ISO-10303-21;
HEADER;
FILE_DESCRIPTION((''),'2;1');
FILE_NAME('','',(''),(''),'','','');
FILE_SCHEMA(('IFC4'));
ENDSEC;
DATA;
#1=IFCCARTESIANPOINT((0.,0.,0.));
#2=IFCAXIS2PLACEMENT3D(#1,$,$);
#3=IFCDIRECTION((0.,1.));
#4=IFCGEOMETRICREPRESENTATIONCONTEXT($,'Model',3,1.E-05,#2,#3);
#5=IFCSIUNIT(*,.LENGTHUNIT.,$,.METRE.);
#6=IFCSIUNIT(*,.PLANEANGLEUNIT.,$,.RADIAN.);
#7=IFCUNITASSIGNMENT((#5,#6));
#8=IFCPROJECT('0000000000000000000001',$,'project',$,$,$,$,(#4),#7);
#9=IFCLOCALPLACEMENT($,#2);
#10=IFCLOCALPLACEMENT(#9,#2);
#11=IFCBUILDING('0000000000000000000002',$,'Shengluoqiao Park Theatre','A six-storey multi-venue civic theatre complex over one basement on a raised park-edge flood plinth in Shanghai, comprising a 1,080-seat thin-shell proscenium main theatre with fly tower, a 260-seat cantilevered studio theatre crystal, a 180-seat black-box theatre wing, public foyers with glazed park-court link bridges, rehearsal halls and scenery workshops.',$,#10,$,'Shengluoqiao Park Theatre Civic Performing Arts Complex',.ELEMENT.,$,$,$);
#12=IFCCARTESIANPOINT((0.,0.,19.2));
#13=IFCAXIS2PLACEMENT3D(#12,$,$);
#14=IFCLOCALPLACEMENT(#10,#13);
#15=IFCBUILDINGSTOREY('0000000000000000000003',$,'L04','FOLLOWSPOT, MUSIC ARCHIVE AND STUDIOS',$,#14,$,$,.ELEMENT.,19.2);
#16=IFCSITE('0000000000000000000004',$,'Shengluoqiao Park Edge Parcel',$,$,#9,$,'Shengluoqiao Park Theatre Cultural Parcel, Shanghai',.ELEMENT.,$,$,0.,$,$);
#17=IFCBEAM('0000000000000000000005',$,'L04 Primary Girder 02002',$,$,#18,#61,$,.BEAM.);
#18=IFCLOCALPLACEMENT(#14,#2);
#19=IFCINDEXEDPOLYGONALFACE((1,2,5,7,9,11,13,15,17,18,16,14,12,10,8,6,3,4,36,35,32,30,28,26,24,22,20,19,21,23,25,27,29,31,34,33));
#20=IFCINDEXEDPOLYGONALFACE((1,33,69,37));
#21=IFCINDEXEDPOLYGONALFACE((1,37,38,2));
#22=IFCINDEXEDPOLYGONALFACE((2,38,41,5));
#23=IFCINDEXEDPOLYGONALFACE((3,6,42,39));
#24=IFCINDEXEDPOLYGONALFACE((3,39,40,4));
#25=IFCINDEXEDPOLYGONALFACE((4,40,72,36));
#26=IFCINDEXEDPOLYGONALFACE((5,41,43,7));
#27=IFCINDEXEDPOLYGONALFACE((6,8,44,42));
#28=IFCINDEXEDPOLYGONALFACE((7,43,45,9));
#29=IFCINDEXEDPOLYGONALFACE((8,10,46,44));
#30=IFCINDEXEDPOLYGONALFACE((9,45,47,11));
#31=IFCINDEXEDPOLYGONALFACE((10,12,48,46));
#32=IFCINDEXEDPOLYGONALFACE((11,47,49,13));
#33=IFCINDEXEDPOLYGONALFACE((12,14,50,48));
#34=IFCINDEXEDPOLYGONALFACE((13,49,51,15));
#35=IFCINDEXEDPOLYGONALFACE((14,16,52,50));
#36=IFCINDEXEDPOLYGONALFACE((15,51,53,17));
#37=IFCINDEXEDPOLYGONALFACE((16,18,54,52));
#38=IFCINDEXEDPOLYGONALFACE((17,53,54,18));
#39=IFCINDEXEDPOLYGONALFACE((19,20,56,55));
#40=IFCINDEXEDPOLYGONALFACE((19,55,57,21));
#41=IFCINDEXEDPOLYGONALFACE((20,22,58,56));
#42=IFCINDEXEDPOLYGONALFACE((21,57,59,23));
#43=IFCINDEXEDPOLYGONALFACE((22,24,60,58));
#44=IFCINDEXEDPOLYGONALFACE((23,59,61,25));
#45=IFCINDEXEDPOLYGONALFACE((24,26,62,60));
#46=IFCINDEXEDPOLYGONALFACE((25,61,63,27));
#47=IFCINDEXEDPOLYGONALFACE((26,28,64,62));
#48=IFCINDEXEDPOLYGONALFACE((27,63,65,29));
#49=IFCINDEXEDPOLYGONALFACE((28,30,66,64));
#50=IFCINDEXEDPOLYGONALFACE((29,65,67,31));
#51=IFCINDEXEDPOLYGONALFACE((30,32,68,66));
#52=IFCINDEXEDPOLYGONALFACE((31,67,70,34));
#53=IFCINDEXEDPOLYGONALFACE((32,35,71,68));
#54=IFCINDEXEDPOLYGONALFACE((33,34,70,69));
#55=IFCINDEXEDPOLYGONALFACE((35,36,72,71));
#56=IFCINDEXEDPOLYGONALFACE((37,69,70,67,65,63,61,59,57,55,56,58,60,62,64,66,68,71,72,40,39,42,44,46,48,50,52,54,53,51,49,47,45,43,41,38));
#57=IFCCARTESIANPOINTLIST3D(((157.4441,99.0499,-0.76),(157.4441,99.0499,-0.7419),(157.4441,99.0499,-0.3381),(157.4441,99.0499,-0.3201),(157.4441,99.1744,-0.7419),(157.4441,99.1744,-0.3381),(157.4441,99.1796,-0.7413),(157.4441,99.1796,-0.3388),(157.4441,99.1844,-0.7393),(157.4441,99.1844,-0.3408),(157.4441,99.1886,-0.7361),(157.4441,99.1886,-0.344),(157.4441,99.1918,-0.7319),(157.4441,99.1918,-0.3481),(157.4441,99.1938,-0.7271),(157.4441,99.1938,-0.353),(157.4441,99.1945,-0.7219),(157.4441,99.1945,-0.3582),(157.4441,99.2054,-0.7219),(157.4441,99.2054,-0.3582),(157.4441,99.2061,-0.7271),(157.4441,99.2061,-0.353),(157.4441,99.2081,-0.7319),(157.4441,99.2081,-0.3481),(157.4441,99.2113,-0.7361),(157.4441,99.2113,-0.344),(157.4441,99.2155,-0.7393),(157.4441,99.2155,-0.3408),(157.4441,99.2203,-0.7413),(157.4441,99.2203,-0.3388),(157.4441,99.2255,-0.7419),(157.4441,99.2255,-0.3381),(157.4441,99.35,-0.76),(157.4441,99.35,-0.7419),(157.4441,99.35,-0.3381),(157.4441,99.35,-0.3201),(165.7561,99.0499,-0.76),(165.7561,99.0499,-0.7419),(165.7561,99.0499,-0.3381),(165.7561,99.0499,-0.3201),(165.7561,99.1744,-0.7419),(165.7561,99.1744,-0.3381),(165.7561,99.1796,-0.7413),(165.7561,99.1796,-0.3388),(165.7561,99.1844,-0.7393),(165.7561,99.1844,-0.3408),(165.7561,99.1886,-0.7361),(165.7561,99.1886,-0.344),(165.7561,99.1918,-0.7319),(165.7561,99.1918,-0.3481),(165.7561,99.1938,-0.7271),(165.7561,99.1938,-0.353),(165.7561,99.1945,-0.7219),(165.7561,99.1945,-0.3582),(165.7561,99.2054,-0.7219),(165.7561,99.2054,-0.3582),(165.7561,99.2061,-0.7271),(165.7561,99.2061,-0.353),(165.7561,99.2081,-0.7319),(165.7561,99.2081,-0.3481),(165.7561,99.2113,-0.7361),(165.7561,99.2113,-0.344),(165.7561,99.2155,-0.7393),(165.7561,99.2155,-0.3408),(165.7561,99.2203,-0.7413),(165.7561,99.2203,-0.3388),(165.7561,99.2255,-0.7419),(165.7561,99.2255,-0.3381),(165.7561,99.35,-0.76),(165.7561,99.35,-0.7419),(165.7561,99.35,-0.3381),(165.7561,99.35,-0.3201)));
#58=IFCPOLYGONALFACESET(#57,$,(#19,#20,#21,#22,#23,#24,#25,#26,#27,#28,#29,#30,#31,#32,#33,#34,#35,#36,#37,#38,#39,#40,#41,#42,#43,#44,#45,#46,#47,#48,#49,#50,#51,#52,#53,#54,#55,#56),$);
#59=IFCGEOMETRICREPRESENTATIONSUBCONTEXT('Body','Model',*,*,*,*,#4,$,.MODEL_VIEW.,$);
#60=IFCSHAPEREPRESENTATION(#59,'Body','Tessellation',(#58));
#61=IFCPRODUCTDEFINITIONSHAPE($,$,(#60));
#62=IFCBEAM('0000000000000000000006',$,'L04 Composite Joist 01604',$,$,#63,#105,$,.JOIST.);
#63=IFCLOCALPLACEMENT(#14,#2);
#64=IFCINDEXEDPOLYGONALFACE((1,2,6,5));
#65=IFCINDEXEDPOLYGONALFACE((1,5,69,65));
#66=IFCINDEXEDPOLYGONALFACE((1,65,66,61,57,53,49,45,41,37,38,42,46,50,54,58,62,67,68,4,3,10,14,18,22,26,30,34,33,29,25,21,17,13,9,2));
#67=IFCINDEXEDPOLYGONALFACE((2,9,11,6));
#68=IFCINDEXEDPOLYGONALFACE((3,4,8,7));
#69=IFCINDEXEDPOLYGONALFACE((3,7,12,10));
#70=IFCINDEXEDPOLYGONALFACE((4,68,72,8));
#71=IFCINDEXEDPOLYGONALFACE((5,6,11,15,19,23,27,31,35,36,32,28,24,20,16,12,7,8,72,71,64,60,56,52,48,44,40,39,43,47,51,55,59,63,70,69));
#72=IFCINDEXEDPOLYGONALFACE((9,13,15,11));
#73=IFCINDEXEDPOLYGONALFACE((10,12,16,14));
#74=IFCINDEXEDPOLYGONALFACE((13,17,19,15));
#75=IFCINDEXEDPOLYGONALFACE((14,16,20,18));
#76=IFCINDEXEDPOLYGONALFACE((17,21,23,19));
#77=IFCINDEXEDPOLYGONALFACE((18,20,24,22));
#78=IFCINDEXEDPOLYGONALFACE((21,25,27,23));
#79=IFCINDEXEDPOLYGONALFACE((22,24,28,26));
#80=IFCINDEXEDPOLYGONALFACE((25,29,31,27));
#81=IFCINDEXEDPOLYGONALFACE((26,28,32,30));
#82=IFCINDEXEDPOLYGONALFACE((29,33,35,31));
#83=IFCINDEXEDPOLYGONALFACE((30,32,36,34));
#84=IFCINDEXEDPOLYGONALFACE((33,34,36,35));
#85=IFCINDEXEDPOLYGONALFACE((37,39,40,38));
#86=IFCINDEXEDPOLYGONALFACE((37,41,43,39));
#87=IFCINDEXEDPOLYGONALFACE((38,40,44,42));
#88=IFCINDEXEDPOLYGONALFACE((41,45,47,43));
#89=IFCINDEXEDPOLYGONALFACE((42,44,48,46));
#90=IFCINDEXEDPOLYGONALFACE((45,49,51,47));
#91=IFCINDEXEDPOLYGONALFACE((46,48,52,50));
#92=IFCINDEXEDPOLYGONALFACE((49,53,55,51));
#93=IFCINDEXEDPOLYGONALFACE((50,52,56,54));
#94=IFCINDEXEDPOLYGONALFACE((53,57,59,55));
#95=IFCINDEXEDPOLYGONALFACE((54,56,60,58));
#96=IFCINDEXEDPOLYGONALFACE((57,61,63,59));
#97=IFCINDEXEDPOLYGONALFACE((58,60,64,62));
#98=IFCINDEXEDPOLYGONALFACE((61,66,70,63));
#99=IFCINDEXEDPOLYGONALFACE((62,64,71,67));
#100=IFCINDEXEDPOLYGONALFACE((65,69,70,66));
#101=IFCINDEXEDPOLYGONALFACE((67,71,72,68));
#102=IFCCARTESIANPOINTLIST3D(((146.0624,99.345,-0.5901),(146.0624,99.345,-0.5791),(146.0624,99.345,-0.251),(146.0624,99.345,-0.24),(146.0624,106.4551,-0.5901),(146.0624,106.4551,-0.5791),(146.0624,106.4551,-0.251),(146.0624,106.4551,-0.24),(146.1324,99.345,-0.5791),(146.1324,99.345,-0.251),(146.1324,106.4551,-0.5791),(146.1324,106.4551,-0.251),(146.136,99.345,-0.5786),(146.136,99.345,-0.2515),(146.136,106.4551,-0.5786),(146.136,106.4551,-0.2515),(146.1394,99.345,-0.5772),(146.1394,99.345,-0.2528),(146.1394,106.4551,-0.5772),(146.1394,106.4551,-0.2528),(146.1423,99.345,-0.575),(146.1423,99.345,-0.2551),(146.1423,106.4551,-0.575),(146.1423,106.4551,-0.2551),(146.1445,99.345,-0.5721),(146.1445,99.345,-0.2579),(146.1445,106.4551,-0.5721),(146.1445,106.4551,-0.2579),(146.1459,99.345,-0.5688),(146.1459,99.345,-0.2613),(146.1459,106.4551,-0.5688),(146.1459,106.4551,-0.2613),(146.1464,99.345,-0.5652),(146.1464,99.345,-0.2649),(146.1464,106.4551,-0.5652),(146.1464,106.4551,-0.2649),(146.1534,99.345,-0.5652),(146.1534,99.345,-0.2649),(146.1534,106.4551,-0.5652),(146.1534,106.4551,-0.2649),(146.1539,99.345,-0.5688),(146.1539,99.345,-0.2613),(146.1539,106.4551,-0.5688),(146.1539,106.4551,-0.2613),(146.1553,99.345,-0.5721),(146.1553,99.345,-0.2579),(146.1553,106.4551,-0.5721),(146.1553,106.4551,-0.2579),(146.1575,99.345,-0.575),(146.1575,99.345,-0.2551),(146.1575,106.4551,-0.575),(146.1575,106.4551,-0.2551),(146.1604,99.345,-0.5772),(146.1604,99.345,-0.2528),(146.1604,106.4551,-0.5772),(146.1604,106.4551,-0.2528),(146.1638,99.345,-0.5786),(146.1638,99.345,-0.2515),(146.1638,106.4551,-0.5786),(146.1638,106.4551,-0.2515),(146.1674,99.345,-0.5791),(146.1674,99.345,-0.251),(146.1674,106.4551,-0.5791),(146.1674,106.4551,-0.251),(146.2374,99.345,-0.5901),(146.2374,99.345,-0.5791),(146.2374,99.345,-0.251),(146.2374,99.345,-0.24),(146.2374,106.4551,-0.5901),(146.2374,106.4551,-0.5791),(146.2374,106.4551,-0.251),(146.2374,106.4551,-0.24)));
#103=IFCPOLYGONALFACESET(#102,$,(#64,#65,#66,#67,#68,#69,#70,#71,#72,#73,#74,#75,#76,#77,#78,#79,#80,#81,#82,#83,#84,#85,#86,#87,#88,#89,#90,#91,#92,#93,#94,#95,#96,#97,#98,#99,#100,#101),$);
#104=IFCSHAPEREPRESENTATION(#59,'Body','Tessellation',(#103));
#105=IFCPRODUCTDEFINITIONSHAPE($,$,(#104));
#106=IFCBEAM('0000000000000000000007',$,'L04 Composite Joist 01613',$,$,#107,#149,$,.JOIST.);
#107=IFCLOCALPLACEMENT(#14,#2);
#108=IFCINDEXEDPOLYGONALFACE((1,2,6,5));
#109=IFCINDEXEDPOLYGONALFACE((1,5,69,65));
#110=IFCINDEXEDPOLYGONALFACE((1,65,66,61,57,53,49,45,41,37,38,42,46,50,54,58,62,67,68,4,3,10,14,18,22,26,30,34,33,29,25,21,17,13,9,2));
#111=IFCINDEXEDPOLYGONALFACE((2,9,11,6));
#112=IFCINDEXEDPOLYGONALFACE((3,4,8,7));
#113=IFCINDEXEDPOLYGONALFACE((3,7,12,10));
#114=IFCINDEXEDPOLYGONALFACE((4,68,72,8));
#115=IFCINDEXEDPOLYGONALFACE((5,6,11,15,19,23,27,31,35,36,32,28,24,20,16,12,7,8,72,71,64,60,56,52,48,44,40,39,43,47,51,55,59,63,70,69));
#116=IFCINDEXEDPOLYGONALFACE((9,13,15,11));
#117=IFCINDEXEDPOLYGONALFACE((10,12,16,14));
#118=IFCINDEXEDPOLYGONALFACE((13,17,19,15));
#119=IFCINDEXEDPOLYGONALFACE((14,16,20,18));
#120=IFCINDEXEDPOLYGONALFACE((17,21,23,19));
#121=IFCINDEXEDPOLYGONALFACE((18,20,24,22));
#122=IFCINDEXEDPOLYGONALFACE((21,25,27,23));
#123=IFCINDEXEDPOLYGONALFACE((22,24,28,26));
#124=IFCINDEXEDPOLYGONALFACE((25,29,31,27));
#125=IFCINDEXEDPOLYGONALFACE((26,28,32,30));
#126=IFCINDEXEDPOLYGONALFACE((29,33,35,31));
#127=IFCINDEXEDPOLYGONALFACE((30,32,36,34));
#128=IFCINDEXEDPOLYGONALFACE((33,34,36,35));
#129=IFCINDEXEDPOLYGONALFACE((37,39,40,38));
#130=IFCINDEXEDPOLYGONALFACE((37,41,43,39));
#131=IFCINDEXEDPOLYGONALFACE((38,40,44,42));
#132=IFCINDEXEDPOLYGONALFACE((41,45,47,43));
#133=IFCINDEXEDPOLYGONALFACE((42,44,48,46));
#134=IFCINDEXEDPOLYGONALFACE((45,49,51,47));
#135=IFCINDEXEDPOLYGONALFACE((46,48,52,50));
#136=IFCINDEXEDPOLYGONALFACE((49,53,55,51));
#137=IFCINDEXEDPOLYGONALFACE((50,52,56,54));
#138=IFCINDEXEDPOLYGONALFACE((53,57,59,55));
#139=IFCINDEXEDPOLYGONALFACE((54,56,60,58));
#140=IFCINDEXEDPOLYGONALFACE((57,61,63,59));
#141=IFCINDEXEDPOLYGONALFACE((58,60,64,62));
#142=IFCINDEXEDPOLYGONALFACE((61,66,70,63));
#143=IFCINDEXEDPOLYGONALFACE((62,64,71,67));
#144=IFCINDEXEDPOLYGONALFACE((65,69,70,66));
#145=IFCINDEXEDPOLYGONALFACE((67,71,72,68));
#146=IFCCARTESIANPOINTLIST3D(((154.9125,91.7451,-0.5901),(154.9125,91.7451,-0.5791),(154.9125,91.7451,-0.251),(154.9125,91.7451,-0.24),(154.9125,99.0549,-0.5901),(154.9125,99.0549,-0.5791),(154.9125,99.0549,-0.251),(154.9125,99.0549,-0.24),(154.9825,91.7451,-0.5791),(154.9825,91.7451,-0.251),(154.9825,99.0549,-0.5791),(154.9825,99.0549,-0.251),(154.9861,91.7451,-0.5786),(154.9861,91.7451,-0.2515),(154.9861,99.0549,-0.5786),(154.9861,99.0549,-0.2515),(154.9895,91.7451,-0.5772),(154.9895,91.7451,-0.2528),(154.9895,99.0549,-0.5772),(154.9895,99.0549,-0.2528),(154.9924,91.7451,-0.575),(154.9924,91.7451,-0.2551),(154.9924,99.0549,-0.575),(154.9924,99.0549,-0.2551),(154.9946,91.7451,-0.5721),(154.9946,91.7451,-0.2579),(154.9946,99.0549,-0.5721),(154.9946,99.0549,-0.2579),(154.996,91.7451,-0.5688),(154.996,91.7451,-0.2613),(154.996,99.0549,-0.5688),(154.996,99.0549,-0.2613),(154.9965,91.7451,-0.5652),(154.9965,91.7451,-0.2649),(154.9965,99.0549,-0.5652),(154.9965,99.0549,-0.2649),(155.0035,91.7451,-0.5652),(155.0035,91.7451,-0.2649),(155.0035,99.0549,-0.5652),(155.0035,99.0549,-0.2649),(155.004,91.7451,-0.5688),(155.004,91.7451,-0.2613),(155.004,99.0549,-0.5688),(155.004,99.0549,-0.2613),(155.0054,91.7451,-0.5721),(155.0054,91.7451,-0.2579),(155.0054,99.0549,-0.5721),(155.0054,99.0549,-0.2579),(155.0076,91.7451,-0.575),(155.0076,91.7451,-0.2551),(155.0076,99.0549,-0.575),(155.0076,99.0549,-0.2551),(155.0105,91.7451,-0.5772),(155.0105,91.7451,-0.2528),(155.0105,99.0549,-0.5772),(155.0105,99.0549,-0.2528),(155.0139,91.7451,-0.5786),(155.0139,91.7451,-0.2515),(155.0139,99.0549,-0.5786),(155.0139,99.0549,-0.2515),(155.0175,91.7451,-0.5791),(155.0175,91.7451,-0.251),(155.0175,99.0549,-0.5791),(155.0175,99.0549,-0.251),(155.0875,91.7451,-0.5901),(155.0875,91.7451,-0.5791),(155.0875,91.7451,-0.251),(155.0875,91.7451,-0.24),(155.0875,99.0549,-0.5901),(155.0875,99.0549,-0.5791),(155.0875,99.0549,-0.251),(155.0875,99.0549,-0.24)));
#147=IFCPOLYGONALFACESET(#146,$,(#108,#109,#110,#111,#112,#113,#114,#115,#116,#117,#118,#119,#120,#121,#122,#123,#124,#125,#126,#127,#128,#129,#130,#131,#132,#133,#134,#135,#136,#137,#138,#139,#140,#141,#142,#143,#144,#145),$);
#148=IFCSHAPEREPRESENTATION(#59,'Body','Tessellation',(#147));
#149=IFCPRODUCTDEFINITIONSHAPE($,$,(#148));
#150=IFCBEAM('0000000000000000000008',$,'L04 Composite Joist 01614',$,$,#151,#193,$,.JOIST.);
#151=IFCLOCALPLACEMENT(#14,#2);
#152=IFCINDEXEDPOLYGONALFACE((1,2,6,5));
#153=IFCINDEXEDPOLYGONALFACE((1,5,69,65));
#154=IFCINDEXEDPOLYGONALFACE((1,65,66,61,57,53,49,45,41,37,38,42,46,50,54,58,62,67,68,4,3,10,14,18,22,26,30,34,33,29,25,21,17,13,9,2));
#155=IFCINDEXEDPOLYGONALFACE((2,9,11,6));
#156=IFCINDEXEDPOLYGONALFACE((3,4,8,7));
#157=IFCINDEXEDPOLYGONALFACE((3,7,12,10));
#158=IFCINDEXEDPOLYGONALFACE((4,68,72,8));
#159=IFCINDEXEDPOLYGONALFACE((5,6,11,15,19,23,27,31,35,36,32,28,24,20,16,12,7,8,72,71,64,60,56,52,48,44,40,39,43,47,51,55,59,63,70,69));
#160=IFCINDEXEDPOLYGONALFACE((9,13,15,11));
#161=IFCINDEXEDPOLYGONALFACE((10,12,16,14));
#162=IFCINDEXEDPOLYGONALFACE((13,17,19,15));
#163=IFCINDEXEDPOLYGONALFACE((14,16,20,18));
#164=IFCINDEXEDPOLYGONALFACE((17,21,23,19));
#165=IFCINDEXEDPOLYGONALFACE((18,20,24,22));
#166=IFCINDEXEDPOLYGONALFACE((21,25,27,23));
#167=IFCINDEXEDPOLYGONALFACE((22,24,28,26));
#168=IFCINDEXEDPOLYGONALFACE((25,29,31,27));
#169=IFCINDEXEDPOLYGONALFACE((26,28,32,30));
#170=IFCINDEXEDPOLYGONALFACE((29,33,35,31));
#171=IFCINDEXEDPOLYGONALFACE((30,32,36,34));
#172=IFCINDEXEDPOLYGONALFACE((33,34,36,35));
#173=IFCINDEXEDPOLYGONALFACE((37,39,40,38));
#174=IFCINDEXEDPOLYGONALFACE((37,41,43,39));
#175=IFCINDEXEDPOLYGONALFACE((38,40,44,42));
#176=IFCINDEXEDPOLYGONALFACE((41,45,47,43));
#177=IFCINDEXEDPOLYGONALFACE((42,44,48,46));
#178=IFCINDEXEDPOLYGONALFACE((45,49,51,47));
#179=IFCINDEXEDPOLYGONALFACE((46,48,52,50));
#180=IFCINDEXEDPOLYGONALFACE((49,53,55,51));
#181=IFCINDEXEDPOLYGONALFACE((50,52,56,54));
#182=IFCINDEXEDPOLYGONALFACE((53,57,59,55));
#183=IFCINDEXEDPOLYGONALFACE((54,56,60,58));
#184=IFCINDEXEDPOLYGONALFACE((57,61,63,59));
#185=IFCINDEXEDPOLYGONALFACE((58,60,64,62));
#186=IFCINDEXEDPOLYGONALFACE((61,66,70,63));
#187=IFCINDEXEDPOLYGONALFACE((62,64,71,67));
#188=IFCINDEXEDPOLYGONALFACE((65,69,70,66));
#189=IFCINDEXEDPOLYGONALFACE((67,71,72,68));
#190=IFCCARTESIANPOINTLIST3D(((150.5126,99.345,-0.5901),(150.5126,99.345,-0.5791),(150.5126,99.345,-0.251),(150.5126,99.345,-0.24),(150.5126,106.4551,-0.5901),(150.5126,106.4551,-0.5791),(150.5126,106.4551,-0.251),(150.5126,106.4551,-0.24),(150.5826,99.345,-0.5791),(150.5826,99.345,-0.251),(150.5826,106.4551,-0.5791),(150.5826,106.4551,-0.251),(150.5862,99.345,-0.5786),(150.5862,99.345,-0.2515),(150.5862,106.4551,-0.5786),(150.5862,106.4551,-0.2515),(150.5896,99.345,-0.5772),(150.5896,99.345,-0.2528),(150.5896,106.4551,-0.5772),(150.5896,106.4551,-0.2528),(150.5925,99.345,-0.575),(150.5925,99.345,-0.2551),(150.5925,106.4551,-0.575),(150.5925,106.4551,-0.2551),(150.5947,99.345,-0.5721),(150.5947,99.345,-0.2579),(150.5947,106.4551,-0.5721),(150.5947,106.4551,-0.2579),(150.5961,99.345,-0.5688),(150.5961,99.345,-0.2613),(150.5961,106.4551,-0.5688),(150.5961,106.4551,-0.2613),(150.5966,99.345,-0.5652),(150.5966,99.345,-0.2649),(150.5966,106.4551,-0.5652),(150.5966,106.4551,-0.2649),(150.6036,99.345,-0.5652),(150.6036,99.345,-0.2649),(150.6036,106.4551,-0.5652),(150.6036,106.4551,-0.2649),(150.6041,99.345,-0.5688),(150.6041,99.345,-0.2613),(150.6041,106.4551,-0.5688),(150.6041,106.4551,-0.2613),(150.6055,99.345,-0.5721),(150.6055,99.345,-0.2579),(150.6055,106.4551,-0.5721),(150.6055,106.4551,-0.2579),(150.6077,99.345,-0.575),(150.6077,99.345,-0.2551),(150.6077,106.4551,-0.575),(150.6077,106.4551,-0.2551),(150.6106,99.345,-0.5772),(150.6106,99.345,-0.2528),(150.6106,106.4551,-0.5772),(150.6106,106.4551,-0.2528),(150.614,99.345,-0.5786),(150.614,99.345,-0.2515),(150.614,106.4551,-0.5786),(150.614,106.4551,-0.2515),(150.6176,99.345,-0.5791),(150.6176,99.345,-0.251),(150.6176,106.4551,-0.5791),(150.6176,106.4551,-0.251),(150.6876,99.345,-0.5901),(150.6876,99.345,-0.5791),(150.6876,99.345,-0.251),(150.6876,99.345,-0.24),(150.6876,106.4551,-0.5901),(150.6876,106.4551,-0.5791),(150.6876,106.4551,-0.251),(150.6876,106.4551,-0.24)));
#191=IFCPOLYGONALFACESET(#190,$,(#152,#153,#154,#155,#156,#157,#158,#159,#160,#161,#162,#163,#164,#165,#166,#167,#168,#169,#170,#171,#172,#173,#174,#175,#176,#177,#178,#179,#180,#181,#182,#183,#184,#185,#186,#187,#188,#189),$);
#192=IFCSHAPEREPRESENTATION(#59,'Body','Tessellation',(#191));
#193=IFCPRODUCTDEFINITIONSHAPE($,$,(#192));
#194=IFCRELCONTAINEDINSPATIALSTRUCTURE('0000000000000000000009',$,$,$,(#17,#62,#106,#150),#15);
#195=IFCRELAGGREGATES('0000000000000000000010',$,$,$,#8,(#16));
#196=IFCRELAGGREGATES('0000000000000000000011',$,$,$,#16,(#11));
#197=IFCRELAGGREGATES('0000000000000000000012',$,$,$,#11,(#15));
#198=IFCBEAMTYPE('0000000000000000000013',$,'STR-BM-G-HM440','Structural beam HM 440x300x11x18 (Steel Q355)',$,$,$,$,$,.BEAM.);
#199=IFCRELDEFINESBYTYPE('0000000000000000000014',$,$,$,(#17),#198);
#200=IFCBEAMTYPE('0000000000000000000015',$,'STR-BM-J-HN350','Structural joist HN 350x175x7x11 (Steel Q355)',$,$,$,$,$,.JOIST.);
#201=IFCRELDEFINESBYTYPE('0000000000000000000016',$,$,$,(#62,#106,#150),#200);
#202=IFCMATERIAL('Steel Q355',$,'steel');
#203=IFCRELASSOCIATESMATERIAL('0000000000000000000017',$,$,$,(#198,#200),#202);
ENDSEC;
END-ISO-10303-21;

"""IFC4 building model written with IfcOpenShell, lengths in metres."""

from ifc_helpers import new_model, si_unit, direction, frame, origin, origin_2d, place, context, subcontext, project, spatial, i_section, extrude, material, material_profile, profile_set, type_object, element, save


model = new_model("IFC4")

# Units and contexts
model_context = context("Model", 3, precision=1e-05, world=origin(), true_north=direction((0.0, 1.0)))
body_context = subcontext(model_context, "Body", "Model", "MODEL_VIEW")
ifc_project = project(units=[si_unit("LENGTHUNIT", "METRE"), si_unit("PLANEANGLEUNIT", "RADIAN")], contexts=[model_context])

# Site, building, storey
site_placement = place(None, origin())
site = spatial("IfcSite", under=ifc_project, at=site_placement, Name="Shengluoqiao Park Edge Parcel", LongName="Shengluoqiao Park Theatre Cultural Parcel, Shanghai", CompositionType="ELEMENT", RefElevation=0.0)
building_placement = place(site_placement, origin())
building = spatial("IfcBuilding", under=site, at=building_placement, Name="Shengluoqiao Park Theatre", Description="A six-storey multi-venue civic theatre complex over one basement on a raised park-edge flood plinth in Shanghai, comprising a 1,080-seat thin-shell proscenium main theatre with fly tower, a 260-seat cantilevered studio theatre crystal, a 180-seat black-box theatre wing, public foyers with glazed park-court link bridges, rehearsal halls and scenery workshops.", LongName="Shengluoqiao Park Theatre Civic Performing Arts Complex", CompositionType="ELEMENT")
storey_placement = place(building_placement, frame((0.0, 0.0, 19.2)))
storey = spatial("IfcBuildingStorey", under=building, at=storey_placement, Name="L04", Description="FOLLOWSPOT, MUSIC ARCHIVE AND STUDIOS", CompositionType="ELEMENT", Elevation=19.2)

# Shared definitions
ifc_material_1 = material(Name="Steel Q355", Category="steel")

# Beams
ifc_material_profile_1 = material_profile(ifc_material_1, i_section(OverallWidth=0.3, OverallDepth=0.4399, WebThickness=0.011, FlangeThickness=0.0181, FilletRadius=0.02, at=origin_2d()), Name="HM 440x300x11x18")
ifc_profile_set_1 = profile_set([ifc_material_profile_1], Name="Steel Q355")
beam_type_1 = type_object("IfcBeamType", Name="STR-BM-G-HM440", Description="Structural beam HM 440x300x11x18 (Steel Q355)", PredefinedType="BEAM", material=ifc_profile_set_1)
for number, where, z_axis, x_axis, name in (
    (1, (157.4441, 99.2, -0.54), (1.0, 0.0, 0.0), (0.0, 1.0, 0.0), "L04 Primary Girder 02002"),
):
    element("IfcBeam", number, at=place(storey_placement, frame(where, z_axis=z_axis, x_axis=x_axis)), inside=storey, type_object=beam_type_1, Name=name, PredefinedType="BEAM", context=body_context, shape_type="SweptSolid", body=[
        extrude(i_section(OverallWidth=0.3, OverallDepth=0.4399, WebThickness=0.011, FlangeThickness=0.0181, FilletRadius=0.02, at=origin_2d()), origin(), (0.0, 0.0, 1.0), 8.312),
    ])
ifc_material_profile_2 = material_profile(ifc_material_1, i_section(OverallWidth=0.175, OverallDepth=0.3501, WebThickness=0.0071, FlangeThickness=0.011, FilletRadius=0.0139, at=origin_2d()), Name="HN 350x175x7x11")
ifc_profile_set_2 = profile_set([ifc_material_profile_2], Name="Steel Q355")
beam_type_2 = type_object("IfcBeamType", Name="STR-BM-J-HN350", Description="Structural joist HN 350x175x7x11 (Steel Q355)", PredefinedType="JOIST", material=ifc_profile_set_2)
beam_1_placement = place(storey_placement, frame((146.1499, 99.345, -0.415), z_axis=(0.0, 1.0, 0.0), x_axis=(-1.0, 0.0, 0.0)))
element("IfcBeam", 2, at=beam_1_placement, inside=storey, type_object=beam_type_2, Name="L04 Composite Joist 01604", PredefinedType="JOIST", context=body_context, shape_type="SweptSolid", body=[
    extrude(i_section(OverallWidth=0.175, OverallDepth=0.3501, WebThickness=0.0071, FlangeThickness=0.011, FilletRadius=0.0139, at=origin_2d()), origin(), (0.0, 0.0, 1.0), 7.1101),
])
beam_2_placement = place(storey_placement, frame((155.0, 91.7451, -0.415), z_axis=(0.0, 1.0, 0.0), x_axis=(-1.0, 0.0, 0.0)))
element("IfcBeam", 3, at=beam_2_placement, inside=storey, type_object=beam_type_2, Name="L04 Composite Joist 01613", PredefinedType="JOIST", context=body_context, shape_type="SweptSolid", body=[
    extrude(i_section(OverallWidth=0.175, OverallDepth=0.3501, WebThickness=0.0071, FlangeThickness=0.011, FilletRadius=0.0139, at=origin_2d()), origin(), (0.0, 0.0, 1.0), 7.3098),
])
for number, where, z_axis, x_axis, name in (
    (4, (150.6001, 99.345, -0.415), (0.0, 1.0, 0.0), (-1.0, 0.0, 0.0), "L04 Composite Joist 01614"),
):
    element("IfcBeam", number, at=place(storey_placement, frame(where, z_axis=z_axis, x_axis=x_axis)), inside=storey, type_object=beam_type_2, Name=name, PredefinedType="JOIST", context=body_context, shape_type="SweptSolid", body=[
        extrude(i_section(OverallWidth=0.175, OverallDepth=0.3501, WebThickness=0.0071, FlangeThickness=0.011, FilletRadius=0.0139, at=origin_2d()), origin(), (0.0, 0.0, 1.0), 7.1101),
    ])

save(model, "model.ifc")
